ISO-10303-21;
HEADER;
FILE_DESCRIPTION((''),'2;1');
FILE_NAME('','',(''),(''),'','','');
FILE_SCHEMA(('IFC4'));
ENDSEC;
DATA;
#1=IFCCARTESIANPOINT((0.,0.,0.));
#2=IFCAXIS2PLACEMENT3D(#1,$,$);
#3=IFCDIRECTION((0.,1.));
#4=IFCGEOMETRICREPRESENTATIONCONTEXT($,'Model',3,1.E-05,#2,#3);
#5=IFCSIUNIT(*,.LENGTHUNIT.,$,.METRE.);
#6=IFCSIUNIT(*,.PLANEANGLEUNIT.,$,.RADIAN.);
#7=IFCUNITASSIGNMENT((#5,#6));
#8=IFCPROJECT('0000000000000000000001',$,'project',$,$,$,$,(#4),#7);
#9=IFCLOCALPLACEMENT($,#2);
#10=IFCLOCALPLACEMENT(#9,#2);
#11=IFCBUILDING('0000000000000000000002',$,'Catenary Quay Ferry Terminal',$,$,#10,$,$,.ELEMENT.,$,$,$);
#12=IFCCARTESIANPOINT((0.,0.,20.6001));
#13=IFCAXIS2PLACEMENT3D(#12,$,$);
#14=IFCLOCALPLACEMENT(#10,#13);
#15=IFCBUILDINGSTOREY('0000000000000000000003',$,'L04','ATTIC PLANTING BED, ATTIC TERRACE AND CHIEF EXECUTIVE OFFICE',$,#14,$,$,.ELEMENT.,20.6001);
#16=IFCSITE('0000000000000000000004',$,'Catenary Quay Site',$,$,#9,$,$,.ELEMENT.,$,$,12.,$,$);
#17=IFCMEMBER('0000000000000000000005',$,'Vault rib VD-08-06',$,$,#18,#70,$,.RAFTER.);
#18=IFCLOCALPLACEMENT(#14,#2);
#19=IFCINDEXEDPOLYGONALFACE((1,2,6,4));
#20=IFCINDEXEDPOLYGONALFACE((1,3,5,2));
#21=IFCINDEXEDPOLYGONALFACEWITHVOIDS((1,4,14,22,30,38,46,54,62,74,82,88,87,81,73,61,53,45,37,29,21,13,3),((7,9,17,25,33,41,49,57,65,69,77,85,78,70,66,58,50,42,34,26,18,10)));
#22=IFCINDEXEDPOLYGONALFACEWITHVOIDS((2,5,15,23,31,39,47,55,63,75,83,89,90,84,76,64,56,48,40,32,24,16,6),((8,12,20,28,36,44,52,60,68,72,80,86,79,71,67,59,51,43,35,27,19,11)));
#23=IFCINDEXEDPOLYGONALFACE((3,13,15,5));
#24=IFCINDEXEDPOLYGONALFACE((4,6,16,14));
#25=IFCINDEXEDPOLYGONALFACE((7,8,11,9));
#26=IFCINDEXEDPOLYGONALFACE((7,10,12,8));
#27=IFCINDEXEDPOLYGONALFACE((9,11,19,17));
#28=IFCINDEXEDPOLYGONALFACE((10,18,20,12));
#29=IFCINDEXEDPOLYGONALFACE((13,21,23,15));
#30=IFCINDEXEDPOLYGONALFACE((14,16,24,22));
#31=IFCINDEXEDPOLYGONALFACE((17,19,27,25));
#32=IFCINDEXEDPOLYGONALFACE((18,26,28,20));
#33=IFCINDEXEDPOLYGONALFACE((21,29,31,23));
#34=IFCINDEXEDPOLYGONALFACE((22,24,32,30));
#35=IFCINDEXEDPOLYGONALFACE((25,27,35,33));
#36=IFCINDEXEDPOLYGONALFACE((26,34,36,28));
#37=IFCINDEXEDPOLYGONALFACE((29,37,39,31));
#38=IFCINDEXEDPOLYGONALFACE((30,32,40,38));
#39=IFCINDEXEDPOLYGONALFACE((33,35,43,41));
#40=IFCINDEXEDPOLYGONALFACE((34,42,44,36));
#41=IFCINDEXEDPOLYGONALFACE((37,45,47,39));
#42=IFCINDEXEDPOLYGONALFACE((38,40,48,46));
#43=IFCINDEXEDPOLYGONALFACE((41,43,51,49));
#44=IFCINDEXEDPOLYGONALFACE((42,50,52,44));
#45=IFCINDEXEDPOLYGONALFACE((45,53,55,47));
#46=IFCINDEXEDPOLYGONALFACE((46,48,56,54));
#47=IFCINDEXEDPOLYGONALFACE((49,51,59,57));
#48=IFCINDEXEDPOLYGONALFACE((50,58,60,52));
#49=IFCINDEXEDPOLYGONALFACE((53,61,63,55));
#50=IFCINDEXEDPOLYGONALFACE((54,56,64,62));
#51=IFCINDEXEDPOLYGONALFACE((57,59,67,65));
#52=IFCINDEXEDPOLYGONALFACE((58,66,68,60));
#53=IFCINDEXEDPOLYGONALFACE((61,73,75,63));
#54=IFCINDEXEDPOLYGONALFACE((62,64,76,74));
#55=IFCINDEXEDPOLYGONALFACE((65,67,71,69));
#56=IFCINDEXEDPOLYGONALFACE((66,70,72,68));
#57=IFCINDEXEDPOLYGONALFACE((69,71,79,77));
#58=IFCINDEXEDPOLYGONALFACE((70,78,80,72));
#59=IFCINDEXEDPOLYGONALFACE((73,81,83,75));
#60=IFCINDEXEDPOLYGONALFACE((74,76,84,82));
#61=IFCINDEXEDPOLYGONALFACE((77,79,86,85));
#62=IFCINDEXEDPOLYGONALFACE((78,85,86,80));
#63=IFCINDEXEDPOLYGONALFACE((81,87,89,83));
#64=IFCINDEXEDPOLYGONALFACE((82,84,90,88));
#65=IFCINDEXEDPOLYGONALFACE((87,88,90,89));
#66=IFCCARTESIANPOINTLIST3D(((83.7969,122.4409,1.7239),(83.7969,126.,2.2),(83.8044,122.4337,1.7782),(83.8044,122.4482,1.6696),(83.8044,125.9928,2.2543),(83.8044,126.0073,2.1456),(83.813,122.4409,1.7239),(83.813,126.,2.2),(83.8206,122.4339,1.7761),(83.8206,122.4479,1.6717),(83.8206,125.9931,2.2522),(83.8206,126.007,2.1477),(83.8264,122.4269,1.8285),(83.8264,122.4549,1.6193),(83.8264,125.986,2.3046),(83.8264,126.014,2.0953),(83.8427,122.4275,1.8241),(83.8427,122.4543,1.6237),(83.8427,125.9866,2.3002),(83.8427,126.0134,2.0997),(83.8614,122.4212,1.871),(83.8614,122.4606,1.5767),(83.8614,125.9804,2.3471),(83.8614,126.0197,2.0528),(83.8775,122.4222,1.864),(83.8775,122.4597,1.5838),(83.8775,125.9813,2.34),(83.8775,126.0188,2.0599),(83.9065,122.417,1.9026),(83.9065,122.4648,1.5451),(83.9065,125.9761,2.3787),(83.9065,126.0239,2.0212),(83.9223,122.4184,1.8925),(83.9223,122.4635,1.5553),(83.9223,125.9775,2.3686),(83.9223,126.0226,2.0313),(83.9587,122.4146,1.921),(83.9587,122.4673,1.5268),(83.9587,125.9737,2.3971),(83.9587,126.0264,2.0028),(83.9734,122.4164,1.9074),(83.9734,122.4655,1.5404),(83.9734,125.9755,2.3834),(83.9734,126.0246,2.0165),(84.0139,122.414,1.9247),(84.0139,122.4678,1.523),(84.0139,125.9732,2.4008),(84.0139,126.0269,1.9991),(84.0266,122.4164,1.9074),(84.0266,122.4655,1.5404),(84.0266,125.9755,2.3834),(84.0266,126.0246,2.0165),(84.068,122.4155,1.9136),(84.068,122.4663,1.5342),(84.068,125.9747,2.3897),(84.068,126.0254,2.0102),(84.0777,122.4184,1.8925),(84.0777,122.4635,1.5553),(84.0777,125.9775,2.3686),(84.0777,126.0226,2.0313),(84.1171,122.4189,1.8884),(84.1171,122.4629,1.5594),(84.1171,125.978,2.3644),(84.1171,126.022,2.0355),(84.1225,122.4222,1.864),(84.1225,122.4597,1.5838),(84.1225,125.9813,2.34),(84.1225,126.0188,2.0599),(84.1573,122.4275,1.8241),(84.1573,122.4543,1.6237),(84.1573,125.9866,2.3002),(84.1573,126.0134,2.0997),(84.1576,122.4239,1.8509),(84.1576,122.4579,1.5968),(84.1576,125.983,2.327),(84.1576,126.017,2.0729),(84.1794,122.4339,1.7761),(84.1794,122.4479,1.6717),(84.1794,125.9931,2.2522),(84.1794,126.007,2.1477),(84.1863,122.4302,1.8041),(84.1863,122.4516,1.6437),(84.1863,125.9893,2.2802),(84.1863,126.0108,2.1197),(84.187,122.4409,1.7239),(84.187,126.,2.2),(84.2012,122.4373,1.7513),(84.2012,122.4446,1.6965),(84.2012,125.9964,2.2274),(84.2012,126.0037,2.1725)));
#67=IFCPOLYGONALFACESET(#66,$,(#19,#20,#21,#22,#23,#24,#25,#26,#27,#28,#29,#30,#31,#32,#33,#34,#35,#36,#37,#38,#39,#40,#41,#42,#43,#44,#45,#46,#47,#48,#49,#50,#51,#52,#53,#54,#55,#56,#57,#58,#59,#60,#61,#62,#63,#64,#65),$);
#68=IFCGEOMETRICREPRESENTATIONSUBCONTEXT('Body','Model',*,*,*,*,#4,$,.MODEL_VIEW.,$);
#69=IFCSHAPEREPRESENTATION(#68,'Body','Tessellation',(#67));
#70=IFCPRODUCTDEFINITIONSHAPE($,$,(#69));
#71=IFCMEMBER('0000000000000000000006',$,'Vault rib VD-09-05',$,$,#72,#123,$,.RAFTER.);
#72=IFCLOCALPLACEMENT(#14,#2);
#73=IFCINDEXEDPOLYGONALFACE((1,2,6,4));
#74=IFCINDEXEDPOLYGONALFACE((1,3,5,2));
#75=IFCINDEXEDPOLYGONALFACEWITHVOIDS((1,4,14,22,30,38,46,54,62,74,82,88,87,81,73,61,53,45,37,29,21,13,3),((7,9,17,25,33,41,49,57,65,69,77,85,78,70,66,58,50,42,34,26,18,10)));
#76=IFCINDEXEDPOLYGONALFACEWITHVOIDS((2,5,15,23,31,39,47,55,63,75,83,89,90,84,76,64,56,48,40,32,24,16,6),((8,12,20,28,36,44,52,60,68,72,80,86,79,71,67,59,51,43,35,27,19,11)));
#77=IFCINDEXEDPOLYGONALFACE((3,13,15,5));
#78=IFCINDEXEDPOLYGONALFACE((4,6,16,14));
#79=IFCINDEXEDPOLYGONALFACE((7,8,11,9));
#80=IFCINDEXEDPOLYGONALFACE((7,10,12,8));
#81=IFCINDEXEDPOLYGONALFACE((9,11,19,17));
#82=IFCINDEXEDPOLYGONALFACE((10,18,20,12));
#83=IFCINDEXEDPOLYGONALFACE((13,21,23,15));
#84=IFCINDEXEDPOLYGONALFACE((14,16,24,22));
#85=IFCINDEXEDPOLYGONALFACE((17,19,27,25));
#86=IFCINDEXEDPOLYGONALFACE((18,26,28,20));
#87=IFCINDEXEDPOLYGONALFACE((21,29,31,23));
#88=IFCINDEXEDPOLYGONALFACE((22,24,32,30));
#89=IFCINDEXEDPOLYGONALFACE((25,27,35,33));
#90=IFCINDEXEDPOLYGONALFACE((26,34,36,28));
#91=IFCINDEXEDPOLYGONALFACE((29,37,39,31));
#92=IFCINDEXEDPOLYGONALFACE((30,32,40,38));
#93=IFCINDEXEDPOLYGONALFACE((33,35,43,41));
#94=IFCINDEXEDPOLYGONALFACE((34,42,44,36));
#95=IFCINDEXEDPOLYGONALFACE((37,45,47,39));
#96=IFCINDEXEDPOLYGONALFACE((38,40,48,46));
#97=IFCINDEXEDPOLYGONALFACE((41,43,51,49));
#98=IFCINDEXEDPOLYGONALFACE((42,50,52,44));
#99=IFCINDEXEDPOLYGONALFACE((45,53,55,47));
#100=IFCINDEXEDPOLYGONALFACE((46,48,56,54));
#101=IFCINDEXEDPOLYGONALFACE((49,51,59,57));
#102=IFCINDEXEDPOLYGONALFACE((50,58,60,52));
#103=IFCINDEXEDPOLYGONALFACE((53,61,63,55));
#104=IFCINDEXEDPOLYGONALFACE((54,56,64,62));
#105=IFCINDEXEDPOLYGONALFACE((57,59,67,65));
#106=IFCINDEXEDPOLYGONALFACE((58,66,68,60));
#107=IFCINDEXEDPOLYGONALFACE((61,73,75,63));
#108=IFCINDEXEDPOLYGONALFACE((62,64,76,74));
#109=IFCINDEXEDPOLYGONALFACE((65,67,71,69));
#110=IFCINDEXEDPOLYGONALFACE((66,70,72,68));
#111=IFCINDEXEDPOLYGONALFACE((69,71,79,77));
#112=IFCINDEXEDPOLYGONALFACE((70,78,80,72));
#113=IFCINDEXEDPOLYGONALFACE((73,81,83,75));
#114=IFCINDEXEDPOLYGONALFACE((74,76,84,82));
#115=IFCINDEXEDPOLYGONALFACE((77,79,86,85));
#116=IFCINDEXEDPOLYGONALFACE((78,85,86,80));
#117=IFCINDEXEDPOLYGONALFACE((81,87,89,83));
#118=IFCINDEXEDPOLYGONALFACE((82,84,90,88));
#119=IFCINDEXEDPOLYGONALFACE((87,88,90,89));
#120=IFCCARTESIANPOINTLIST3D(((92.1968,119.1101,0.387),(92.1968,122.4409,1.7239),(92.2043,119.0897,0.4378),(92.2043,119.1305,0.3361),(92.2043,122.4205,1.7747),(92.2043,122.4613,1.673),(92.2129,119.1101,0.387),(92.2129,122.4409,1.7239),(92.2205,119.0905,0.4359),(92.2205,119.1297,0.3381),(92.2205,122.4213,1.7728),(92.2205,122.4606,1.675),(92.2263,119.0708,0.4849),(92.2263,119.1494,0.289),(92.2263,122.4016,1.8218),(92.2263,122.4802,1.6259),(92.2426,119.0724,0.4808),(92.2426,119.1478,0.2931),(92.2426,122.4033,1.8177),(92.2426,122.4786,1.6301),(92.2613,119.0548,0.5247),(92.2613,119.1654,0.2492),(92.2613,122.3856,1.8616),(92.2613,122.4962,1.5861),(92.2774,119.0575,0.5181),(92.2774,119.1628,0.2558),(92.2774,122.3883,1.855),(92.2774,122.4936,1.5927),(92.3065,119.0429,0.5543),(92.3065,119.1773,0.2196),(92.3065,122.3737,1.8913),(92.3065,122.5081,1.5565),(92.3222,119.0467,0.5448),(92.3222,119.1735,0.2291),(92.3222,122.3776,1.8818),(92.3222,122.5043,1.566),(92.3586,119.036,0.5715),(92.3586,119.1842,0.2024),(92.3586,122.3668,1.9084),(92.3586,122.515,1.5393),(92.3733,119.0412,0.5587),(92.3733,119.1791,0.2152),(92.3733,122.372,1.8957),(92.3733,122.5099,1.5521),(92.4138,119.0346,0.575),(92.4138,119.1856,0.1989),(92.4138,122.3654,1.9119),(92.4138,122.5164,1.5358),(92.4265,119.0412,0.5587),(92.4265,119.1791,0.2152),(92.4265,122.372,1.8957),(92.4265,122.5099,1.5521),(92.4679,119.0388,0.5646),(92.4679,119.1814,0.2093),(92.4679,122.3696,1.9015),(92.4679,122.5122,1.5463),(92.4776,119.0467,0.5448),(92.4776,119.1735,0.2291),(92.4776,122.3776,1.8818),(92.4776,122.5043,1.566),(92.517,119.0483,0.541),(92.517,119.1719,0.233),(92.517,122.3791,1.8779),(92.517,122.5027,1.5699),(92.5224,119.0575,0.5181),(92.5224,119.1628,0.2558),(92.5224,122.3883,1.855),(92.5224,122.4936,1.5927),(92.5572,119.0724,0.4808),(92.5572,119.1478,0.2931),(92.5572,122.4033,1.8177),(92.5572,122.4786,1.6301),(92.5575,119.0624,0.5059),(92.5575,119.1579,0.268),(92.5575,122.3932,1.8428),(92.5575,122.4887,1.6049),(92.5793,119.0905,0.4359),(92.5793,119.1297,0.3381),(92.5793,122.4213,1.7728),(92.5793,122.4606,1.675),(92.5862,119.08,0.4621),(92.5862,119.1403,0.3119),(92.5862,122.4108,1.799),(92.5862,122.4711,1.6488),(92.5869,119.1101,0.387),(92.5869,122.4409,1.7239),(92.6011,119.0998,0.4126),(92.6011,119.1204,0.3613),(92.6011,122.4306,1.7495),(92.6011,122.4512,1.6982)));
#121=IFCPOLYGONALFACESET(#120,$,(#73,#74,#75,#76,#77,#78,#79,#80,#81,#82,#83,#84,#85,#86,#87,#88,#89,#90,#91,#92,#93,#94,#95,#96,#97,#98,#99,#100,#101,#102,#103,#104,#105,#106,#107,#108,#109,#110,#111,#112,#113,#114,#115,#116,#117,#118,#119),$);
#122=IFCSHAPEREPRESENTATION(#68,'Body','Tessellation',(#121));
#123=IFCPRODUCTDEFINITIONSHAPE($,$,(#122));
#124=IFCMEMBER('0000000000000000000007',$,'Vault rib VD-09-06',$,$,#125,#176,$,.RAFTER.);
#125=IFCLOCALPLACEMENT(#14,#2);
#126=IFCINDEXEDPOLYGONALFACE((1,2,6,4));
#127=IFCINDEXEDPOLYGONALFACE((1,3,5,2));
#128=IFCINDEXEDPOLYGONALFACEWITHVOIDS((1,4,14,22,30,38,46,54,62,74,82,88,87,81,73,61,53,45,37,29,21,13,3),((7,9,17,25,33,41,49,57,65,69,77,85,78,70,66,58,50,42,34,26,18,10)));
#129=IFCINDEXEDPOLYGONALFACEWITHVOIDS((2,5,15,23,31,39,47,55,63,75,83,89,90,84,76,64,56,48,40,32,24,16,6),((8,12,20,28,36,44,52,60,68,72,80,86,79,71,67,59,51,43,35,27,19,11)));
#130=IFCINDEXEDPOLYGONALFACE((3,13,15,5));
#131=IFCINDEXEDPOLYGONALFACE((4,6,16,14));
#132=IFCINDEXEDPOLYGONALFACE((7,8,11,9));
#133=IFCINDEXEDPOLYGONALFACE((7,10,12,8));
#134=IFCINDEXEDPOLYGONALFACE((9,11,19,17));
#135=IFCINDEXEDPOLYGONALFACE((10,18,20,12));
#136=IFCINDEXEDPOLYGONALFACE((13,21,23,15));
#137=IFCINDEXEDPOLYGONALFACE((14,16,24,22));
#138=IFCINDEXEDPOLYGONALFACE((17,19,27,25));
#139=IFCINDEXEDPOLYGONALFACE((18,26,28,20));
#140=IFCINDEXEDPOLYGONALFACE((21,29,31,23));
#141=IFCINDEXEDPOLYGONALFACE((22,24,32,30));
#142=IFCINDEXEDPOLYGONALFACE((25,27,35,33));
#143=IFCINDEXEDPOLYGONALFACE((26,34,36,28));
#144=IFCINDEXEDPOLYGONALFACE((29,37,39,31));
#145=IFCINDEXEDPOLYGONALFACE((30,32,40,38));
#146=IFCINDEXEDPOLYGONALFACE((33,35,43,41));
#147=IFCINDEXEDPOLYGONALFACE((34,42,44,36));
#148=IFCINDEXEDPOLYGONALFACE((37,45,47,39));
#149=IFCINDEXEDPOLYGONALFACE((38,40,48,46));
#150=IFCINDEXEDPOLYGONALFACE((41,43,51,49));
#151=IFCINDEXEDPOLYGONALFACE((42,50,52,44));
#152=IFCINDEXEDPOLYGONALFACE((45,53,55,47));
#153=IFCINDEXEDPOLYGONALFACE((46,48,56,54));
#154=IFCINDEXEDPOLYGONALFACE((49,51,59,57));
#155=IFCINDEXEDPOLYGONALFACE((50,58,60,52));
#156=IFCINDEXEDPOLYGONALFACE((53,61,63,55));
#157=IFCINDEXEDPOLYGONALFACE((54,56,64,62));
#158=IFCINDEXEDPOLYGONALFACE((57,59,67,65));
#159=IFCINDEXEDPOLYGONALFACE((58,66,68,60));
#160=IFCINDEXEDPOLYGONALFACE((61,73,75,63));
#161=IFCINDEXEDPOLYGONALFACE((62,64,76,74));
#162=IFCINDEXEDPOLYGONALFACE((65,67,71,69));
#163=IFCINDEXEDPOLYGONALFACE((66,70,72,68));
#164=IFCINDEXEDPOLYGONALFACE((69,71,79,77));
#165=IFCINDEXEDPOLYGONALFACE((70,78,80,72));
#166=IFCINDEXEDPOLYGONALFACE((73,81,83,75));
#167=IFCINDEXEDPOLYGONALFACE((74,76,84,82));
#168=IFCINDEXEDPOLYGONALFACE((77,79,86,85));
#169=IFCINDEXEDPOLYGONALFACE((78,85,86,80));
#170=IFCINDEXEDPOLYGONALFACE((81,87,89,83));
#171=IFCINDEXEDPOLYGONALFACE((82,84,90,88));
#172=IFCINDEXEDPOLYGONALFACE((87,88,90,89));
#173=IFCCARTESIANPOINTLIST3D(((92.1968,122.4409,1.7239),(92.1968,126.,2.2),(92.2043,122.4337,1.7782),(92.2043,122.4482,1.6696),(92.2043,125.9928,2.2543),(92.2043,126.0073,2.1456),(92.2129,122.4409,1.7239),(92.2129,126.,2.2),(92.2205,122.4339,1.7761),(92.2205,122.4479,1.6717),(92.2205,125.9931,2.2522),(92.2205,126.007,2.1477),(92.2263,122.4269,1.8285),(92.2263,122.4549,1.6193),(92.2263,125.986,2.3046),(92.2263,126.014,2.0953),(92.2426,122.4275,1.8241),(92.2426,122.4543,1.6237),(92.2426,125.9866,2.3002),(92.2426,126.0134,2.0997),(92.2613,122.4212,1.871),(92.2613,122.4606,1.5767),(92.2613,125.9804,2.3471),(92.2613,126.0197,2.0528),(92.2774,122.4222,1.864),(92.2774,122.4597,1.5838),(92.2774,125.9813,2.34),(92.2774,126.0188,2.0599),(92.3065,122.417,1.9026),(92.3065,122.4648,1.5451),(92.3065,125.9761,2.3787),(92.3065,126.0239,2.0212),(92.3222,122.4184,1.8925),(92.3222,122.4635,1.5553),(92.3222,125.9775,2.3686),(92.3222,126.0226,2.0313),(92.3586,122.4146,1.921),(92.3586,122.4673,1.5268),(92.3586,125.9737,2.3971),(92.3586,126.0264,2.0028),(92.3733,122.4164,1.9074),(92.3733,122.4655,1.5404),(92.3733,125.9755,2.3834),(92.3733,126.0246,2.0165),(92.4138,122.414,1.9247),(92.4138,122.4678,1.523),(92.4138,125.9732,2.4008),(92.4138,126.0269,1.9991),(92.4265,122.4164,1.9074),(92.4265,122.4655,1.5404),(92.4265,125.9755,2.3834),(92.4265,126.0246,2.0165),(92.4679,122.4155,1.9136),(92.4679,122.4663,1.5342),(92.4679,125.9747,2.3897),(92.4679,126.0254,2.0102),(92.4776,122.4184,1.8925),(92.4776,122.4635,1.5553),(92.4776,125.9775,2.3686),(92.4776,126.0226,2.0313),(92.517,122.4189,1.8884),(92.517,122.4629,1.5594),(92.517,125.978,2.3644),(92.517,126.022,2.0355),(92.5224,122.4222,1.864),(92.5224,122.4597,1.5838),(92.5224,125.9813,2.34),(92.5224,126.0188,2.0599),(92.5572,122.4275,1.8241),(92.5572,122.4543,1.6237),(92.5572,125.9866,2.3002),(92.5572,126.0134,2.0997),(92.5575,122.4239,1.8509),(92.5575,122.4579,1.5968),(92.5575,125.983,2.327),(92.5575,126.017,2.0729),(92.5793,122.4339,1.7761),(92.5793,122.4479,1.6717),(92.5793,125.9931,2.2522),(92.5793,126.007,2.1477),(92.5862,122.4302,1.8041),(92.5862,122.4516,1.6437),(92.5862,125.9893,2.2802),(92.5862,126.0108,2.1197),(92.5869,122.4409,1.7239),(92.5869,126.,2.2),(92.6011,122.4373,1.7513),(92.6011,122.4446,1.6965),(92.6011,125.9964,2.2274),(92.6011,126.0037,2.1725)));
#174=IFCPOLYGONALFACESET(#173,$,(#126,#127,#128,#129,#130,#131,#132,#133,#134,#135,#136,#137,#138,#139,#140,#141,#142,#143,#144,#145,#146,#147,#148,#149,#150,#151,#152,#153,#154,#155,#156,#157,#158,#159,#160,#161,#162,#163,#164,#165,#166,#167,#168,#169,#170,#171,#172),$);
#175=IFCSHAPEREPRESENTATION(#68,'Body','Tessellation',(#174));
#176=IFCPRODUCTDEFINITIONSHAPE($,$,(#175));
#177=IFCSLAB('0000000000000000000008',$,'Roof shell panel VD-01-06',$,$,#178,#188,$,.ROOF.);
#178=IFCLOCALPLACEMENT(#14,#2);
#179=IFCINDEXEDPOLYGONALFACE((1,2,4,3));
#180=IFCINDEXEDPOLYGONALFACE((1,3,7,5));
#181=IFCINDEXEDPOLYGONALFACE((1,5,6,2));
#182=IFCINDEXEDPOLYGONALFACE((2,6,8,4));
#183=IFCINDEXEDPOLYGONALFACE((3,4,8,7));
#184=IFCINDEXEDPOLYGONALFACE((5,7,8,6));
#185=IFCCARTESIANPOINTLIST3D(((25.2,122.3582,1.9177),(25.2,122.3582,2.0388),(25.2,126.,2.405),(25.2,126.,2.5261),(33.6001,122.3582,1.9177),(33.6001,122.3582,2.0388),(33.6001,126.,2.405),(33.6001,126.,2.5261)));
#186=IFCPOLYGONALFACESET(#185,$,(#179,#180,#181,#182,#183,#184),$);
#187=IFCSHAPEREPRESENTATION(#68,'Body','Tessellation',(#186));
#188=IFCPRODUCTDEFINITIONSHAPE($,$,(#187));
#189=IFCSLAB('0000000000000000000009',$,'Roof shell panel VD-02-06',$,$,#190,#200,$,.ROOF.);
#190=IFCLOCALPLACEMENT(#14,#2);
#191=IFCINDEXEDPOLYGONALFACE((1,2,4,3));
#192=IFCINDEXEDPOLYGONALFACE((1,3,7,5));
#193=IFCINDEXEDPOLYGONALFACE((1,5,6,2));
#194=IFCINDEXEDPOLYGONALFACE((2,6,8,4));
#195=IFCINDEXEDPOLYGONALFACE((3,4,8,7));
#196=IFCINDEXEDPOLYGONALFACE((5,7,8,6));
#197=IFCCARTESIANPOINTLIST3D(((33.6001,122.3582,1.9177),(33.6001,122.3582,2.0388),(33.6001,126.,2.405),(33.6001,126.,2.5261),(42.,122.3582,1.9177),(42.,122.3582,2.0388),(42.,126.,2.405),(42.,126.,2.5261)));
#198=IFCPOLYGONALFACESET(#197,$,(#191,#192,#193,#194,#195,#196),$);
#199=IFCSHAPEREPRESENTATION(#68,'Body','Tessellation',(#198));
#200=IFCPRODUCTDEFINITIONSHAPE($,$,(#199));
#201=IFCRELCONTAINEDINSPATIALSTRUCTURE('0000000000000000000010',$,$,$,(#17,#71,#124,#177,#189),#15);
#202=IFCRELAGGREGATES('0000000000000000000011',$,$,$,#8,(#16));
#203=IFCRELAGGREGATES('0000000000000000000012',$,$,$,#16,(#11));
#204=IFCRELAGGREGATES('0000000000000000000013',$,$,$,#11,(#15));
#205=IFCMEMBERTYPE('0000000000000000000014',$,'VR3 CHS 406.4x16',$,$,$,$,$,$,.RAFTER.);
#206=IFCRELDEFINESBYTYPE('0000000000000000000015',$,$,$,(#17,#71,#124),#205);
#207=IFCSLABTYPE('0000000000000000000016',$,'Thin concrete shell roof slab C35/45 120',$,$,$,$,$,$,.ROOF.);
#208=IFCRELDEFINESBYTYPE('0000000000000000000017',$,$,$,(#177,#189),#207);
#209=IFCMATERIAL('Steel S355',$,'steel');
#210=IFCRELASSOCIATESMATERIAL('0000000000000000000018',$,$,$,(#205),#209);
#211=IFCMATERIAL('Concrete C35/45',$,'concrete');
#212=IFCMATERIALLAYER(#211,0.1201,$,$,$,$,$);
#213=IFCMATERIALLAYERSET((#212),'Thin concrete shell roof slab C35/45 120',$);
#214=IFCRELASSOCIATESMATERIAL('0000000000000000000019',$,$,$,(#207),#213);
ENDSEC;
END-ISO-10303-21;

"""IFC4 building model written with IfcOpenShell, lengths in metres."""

from ifc_helpers import new_model, si_unit, direction, frame, origin, origin_2d, place, context, subcontext, project, spatial, polyline, hollow_circle, outline, extrude, material, layer, layer_set, material_profile, profile_set, type_object, element, save


model = new_model("IFC4")

# Units and contexts
model_context = context("Model", 3, precision=1e-05, world=origin(), true_north=direction((0.0, 1.0)))
body_context = subcontext(model_context, "Body", "Model", "MODEL_VIEW")
ifc_project = project(units=[si_unit("LENGTHUNIT", "METRE"), si_unit("PLANEANGLEUNIT", "RADIAN")], contexts=[model_context])

# Site, building, storey
site_placement = place(None, origin())
site = spatial("IfcSite", under=ifc_project, at=site_placement, Name="Catenary Quay Site", CompositionType="ELEMENT", RefElevation=12.0)
building_placement = place(site_placement, origin())
building = spatial("IfcBuilding", under=site, at=building_placement, Name="Catenary Quay Ferry Terminal", CompositionType="ELEMENT")
storey_placement = place(building_placement, frame((0.0, 0.0, 20.6001)))
storey = spatial("IfcBuildingStorey", under=building, at=storey_placement, Name="L04", Description="ATTIC PLANTING BED, ATTIC TERRACE AND CHIEF EXECUTIVE OFFICE", CompositionType="ELEMENT", Elevation=20.6001)

# Members
ifc_material_1 = material(Name="Steel S355", Category="steel")
ifc_material_profile_1 = material_profile(ifc_material_1, hollow_circle(Radius=0.2031, WallThickness=0.0161, at=origin_2d()), Name="CHS 406.4x16")
ifc_profile_set_1 = profile_set([ifc_material_profile_1], Name="Steel S355")
member_type_1 = type_object("IfcMemberType", Name="VR3 CHS 406.4x16", PredefinedType="RAFTER", material=ifc_profile_set_1)
member_1_placement = place(storey_placement, frame((84.0, 122.4409, 1.7239), z_axis=(0.0, 0.991172, 0.132582), x_axis=(-1.0, 0.0, 0.0)))
element("IfcMember", 1, at=member_1_placement, inside=storey, type_object=member_type_1, Name="Vault rib VD-08-06", PredefinedType="RAFTER", context=body_context, shape_type="SweptSolid", body=[
    extrude(hollow_circle(Radius=0.2031, WallThickness=0.0161, at=origin_2d()), origin(), (0.0, 0.0, 1.0), 3.5908),
])
member_2_placement = place(storey_placement, frame((92.3999, 119.1101, 0.387), z_axis=(0.0, 0.928035, 0.372493), x_axis=(-1.0, 0.0, 0.0)))
element("IfcMember", 2, at=member_2_placement, inside=storey, type_object=member_type_1, Name="Vault rib VD-09-05", PredefinedType="RAFTER", context=body_context, shape_type="SweptSolid", body=[
    extrude(hollow_circle(Radius=0.2031, WallThickness=0.0161, at=origin_2d()), origin(), (0.0, 0.0, 1.0), 3.5891),
])
member_3_placement = place(storey_placement, frame((92.3999, 122.4409, 1.7239), z_axis=(0.0, 0.991172, 0.132582), x_axis=(-1.0, 0.0, 0.0)))
element("IfcMember", 3, at=member_3_placement, inside=storey, type_object=member_type_1, Name="Vault rib VD-09-06", PredefinedType="RAFTER", context=body_context, shape_type="SweptSolid", body=[
    extrude(hollow_circle(Radius=0.2031, WallThickness=0.0161, at=origin_2d()), origin(), (0.0, 0.0, 1.0), 3.5908),
])

# Slabs
ifc_material_2 = material(Name="Concrete C35/45", Category="concrete")
ifc_layer_1 = layer(ifc_material_2, 0.1201)
ifc_layer_set_1 = layer_set([ifc_layer_1], Name="Thin concrete shell roof slab C35/45 120")
slab_type = type_object("IfcSlabType", Name="Thin concrete shell roof slab C35/45 120", PredefinedType="ROOF", material=ifc_layer_set_1)
slab_1_placement = place(storey_placement, frame((25.2, 122.3582, 2.0388), z_axis=(0.0, -0.132625, 0.991166), x_axis=(1.0, 0.0, 0.0)))
element("IfcSlab", 4, at=slab_1_placement, inside=storey, type_object=slab_type, Name="Roof shell panel VD-01-06", PredefinedType="ROOF", context=body_context, shape_type="SweptSolid", body=[
    extrude(outline(polyline([(0.0, 0.0), (8.4001, 0.0), (8.4001, 3.6743), (0.0, 3.6743), (0.0, 0.0)])), origin(), (0.0, -0.132625, -0.991166), 0.1211),
])
for number, where, z_axis, x_axis, name in (
    (5, (33.6001, 122.3582, 2.0388), (0.0, -0.132625, 0.991166), (1.0, 0.0, 0.0), "Roof shell panel VD-02-06"),
):
    element("IfcSlab", number, at=place(storey_placement, frame(where, z_axis=z_axis, x_axis=x_axis)), inside=storey, type_object=slab_type, Name=name, PredefinedType="ROOF", context=body_context, shape_type="SweptSolid", body=[
        extrude(outline(polyline([(0.0, 0.0), (8.3999, 0.0), (8.3999, 3.6743), (0.0, 3.6743), (0.0, 0.0)])), origin(), (0.0, -0.132625, -0.991166), 0.1211),
    ])

save(model, "model.ifc")
